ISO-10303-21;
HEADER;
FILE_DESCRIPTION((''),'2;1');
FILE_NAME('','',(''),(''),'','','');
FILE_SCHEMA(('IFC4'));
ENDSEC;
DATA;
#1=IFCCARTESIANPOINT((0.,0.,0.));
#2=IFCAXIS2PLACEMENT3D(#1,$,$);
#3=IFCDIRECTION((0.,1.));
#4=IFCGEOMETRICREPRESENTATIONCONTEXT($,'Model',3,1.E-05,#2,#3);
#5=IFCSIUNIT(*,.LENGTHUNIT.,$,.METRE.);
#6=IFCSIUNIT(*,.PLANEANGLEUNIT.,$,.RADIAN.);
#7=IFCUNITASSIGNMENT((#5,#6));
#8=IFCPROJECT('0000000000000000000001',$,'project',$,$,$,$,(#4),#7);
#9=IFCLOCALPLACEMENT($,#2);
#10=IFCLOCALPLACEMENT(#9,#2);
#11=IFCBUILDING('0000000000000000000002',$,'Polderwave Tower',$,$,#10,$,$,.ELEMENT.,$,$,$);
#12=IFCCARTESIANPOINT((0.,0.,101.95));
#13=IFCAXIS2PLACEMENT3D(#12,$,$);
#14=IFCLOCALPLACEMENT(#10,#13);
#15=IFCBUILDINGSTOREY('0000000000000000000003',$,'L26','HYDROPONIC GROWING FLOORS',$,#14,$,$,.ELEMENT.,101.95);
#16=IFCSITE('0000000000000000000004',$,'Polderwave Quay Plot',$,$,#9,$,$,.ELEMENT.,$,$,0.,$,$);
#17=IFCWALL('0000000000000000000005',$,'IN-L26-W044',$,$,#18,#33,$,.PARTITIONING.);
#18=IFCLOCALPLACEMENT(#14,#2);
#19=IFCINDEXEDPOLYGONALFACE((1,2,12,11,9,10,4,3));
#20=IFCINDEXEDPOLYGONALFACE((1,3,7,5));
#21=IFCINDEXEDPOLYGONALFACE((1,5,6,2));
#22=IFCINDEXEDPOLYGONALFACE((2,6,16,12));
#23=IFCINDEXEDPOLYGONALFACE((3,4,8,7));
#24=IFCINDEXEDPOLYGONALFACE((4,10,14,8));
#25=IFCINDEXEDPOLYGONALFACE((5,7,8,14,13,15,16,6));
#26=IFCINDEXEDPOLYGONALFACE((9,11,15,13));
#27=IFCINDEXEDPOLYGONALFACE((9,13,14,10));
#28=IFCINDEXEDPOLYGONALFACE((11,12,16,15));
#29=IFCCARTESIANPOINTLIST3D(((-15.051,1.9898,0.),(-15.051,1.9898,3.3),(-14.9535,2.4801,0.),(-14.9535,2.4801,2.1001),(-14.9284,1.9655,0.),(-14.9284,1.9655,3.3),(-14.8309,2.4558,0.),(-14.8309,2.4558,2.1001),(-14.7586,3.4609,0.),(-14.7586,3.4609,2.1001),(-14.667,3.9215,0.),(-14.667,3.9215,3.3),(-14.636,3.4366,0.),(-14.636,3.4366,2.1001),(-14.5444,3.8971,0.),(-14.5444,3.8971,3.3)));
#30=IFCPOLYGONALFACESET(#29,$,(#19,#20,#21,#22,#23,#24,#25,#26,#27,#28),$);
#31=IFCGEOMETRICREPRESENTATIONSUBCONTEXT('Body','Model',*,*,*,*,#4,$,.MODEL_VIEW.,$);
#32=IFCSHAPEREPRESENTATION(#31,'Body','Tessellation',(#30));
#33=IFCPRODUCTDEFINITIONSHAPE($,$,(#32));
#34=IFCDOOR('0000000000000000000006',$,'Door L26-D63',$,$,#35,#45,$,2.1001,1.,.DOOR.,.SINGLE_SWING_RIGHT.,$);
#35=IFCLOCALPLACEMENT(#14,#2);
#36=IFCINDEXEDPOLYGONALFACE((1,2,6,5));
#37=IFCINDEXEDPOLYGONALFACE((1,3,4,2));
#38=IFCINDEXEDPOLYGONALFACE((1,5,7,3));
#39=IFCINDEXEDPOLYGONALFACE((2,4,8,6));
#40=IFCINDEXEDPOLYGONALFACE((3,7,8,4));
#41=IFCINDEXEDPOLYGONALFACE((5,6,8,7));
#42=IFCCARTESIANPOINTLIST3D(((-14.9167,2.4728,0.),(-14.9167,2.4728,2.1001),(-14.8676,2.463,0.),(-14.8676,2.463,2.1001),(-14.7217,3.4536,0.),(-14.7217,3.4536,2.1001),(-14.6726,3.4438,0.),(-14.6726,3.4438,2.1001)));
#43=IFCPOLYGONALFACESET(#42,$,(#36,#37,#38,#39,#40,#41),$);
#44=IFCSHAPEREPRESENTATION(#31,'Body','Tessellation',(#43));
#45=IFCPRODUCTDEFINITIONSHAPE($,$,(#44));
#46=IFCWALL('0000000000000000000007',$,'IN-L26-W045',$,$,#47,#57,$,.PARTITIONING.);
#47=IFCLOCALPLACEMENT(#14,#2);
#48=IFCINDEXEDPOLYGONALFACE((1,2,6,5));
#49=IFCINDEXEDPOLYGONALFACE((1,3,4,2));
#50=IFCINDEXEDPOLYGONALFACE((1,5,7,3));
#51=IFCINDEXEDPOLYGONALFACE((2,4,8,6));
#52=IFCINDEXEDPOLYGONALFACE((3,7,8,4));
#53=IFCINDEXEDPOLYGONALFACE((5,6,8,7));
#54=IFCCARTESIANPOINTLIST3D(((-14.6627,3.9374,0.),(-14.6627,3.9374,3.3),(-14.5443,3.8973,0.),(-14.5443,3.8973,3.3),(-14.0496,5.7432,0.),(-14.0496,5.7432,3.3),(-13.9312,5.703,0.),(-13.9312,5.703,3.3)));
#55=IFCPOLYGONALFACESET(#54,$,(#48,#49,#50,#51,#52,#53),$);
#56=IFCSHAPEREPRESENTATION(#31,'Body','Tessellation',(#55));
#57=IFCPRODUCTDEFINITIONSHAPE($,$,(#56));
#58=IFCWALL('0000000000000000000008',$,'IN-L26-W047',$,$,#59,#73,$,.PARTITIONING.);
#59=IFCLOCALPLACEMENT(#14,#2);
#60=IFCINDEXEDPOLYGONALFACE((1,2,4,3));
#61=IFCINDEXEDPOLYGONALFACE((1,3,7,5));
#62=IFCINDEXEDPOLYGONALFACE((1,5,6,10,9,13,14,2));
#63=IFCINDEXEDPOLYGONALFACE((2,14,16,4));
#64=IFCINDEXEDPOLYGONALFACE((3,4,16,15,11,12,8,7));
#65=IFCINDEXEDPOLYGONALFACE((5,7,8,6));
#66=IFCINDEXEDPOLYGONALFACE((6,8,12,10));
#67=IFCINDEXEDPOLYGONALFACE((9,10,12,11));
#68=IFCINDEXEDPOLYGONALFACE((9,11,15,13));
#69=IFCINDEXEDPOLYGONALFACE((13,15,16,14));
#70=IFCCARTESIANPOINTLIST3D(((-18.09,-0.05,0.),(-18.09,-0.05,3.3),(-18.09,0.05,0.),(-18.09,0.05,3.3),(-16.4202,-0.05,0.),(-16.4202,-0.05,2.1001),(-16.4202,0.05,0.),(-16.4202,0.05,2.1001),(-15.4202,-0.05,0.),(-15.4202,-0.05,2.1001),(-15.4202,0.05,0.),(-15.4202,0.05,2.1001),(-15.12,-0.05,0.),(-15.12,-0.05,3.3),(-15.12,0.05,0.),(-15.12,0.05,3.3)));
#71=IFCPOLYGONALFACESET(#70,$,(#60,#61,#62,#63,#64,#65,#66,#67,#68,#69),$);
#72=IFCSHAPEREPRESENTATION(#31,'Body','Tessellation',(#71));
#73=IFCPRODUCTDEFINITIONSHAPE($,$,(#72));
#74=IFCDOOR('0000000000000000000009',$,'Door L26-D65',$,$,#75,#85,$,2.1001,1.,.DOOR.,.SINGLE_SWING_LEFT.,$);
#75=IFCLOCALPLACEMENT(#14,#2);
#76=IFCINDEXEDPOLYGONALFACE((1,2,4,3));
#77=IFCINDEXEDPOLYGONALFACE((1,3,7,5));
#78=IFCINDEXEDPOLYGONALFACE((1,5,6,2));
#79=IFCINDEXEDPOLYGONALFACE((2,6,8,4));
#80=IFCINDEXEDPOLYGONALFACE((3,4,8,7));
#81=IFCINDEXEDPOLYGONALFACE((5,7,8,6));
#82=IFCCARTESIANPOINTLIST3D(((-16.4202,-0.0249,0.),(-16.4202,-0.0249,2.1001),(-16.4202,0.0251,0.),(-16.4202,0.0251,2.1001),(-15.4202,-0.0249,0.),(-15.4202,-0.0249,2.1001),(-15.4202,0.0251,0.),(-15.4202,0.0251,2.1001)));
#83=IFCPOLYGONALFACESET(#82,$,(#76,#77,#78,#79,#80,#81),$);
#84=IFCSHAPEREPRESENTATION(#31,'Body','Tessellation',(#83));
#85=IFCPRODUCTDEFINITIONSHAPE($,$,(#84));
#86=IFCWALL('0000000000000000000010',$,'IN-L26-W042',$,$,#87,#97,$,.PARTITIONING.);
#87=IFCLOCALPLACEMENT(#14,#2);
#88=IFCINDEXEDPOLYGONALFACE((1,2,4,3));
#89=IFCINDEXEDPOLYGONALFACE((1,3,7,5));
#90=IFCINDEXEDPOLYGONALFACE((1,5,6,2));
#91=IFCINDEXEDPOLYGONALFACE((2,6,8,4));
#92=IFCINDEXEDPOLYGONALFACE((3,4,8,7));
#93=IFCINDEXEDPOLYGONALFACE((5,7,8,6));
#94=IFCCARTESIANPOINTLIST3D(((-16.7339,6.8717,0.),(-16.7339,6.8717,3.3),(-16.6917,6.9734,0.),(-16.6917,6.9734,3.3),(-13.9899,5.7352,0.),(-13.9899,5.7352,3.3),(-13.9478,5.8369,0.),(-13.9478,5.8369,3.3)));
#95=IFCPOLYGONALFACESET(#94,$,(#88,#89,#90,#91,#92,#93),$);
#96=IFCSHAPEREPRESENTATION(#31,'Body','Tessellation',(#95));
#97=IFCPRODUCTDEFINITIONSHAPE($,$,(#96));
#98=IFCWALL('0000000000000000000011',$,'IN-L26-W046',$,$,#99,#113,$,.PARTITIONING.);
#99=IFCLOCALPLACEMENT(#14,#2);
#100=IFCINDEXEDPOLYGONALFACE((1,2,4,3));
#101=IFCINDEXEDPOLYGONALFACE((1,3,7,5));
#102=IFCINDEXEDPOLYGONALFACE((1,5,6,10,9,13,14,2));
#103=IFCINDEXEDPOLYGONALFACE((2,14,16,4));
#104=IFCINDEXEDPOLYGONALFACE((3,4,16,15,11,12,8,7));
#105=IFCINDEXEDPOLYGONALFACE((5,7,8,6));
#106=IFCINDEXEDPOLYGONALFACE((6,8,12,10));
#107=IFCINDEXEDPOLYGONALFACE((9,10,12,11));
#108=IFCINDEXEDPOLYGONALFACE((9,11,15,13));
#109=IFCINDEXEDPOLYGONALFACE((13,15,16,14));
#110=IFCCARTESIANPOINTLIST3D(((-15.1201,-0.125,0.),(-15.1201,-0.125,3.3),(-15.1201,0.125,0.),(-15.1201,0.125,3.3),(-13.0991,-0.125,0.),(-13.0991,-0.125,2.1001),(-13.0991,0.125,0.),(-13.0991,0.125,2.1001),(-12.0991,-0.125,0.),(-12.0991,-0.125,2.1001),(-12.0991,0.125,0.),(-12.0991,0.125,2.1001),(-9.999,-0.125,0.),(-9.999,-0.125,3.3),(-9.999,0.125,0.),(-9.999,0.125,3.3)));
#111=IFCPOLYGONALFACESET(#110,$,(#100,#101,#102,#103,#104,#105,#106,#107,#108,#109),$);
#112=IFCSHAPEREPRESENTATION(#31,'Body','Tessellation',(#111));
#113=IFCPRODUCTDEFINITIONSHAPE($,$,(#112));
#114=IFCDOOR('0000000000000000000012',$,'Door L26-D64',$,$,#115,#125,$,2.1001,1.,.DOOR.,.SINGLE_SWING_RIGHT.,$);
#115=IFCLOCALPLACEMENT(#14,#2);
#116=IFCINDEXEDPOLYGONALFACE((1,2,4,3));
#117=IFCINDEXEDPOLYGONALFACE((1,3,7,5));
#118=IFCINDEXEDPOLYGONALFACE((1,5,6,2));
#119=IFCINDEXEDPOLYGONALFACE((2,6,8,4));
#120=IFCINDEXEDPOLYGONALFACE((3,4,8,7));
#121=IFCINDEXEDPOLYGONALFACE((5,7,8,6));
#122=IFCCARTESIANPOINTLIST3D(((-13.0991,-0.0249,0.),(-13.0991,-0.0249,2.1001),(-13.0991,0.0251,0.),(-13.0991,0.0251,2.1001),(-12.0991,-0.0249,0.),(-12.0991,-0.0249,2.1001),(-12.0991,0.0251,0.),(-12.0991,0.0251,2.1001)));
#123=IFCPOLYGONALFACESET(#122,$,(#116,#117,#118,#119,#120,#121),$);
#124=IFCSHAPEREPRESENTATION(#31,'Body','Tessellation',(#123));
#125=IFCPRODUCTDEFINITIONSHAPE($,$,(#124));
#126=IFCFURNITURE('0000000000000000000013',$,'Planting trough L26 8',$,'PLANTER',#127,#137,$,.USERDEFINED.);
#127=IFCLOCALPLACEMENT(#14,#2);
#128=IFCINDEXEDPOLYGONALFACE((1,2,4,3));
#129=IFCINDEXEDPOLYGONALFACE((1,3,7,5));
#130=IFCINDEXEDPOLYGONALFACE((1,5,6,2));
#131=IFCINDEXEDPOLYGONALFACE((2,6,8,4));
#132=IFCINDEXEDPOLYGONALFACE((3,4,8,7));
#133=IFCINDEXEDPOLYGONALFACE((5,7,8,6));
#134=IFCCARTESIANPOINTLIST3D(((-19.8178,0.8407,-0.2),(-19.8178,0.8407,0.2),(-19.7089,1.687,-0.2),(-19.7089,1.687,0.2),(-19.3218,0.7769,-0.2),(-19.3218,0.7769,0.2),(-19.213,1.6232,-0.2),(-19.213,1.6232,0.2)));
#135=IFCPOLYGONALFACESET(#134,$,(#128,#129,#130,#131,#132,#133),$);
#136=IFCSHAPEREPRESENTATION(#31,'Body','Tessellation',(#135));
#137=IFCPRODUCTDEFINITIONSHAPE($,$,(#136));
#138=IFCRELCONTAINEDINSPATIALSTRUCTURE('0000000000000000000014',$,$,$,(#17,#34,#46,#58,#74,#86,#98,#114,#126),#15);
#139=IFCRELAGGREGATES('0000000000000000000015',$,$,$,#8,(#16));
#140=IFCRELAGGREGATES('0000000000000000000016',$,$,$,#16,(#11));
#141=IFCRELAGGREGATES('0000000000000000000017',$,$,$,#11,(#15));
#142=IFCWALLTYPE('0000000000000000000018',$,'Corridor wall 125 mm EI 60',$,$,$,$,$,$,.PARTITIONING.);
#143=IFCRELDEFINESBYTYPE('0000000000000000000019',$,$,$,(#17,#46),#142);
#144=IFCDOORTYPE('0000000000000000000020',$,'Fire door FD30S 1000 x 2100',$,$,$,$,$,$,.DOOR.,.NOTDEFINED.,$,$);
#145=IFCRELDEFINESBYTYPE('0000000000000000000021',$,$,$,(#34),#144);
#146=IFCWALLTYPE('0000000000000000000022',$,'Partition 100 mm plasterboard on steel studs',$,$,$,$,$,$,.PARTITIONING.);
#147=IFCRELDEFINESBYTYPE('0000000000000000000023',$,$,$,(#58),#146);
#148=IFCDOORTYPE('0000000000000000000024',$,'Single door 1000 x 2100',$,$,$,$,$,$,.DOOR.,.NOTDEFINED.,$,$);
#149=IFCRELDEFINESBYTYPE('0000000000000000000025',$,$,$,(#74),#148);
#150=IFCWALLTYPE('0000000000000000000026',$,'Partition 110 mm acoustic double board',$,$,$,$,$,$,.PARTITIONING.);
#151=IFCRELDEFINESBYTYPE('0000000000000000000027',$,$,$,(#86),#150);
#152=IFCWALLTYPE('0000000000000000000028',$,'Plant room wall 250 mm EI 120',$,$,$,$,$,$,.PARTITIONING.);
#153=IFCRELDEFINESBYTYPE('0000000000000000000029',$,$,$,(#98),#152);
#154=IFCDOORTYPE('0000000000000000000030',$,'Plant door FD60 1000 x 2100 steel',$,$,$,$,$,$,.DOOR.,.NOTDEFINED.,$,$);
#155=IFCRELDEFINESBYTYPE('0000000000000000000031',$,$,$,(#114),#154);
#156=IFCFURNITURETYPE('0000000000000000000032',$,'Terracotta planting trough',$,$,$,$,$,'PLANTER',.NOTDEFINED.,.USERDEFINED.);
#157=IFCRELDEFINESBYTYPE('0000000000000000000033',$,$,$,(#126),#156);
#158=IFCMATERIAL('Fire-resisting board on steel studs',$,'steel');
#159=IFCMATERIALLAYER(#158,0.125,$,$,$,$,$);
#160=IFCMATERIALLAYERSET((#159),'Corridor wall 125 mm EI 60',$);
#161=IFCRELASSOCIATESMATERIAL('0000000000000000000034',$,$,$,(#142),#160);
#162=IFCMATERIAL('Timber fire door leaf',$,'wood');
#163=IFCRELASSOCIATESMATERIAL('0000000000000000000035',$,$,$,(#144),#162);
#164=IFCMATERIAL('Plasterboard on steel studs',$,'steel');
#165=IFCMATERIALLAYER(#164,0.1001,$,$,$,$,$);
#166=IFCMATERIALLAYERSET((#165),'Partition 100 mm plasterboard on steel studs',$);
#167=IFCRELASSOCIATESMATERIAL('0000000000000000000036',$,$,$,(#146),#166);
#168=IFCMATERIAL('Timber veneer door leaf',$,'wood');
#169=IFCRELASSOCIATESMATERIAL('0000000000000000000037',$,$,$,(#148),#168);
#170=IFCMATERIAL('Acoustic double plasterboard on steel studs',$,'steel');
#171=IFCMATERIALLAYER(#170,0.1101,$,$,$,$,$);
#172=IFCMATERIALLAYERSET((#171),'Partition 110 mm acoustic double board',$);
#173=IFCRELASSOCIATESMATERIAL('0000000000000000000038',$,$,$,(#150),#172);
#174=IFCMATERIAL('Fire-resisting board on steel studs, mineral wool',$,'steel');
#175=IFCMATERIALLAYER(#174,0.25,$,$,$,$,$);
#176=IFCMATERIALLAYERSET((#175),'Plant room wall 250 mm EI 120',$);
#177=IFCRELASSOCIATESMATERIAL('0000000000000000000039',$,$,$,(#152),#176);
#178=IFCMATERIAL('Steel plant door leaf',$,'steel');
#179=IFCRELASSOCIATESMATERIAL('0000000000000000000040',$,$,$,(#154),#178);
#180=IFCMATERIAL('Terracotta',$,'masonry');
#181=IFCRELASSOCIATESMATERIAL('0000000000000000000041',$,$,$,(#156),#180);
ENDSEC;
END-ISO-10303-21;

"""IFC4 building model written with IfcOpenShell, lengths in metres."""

from ifc_helpers import new_model, si_unit, direction, frame, frame_2d, origin, origin_2d, place, context, subcontext, project, spatial, rectangle, extrude, material, layer, layer_set, type_object, element, fill, save


model = new_model("IFC4")

# Units and contexts
model_context = context("Model", 3, precision=1e-05, world=origin(), true_north=direction((0.0, 1.0)))
body_context = subcontext(model_context, "Body", "Model", "MODEL_VIEW")
ifc_project = project(units=[si_unit("LENGTHUNIT", "METRE"), si_unit("PLANEANGLEUNIT", "RADIAN")], contexts=[model_context])

# Site, building, storey
site_placement = place(None, origin())
site = spatial("IfcSite", under=ifc_project, at=site_placement, Name="Polderwave Quay Plot", CompositionType="ELEMENT", RefElevation=0.0)
building_placement = place(site_placement, origin())
building = spatial("IfcBuilding", under=site, at=building_placement, Name="Polderwave Tower", CompositionType="ELEMENT")
storey_placement = place(building_placement, frame((0.0, 0.0, 101.95)))
storey = spatial("IfcBuildingStorey", under=building, at=storey_placement, Name="L26", Description="HYDROPONIC GROWING FLOORS", CompositionType="ELEMENT", Elevation=101.95)

# Shared definitions
ifc_material_1 = material(Name="Fire-resisting board on steel studs", Category="steel")
ifc_layer_1 = layer(ifc_material_1, 0.125)
ifc_layer_set_1 = layer_set([ifc_layer_1], Name="Corridor wall 125 mm EI 60")
wall_type_1 = type_object("IfcWallType", Name="Corridor wall 125 mm EI 60", PredefinedType="PARTITIONING", material=ifc_layer_set_1)

# Wall, opening, door
wall_1_placement = place(storey_placement, frame((-14.9897, 1.9775, 0.0), z_axis=(0.0, 0.0, 1.0), x_axis=(0.194996, 0.980804, 0.0)))
wall_1 = element("IfcWall", 1, at=wall_1_placement, inside=storey, type_object=wall_type_1, Name="IN-L26-W044", PredefinedType="PARTITIONING", context=body_context, shape_type="SweptSolid", body=[
    extrude(rectangle(XDim=1.9695, YDim=0.125, at=frame_2d((0.9849, 0.0))), origin(), (0.0, 0.0, 1.0), 3.3),
])
opening_1_placement = place(wall_1_placement, frame((0.5, 0.0, 0.0)))
opening_1 = element("IfcOpeningElement", 2, at=opening_1_placement, cuts=wall_1, PredefinedType="OPENING", context=body_context, shape_type="SweptSolid", body=[
    extrude(rectangle(XDim=1.0, YDim=2.1001, at=frame_2d((0.5, 1.05))), frame((0.0, 0.0725, 0.0), z_axis=(0.0, -1.0, 0.0), x_axis=(1.0, 0.0, 0.0)), (0.0, 0.0, 1.0), 0.145),
])
ifc_material_2 = material(Name="Timber fire door leaf", Category="wood")
door_type_1 = type_object("IfcDoorType", Name="Fire door FD30S 1000 x 2100", OperationType="NOTDEFINED", PredefinedType="DOOR", material=ifc_material_2)
door_1_placement = place(opening_1_placement, origin())
door_1 = element("IfcDoor", 3, at=door_1_placement, inside=storey, type_object=door_type_1, Name="Door L26-D63", OperationType="SINGLE_SWING_RIGHT", OverallHeight=2.1001, OverallWidth=1.0, PredefinedType="DOOR", context=body_context, shape_type="SweptSolid", body=[
    extrude(rectangle(XDim=1.0, YDim=2.1001, at=frame_2d((0.5, 1.05))), frame((0.0, 0.0249, 0.0), z_axis=(0.0, -1.0, 0.0), x_axis=(1.0, 0.0, 0.0)), (0.0, 0.0, 1.0), 0.05),
])
fill(opening_1, door_1)

# Wall
wall_2_placement = place(storey_placement, frame((-14.6035, 3.9172, 0.0), z_axis=(0.0, 0.0, 1.0), x_axis=(0.321485, 0.946915, 0.0)))
element("IfcWall", 4, at=wall_2_placement, inside=storey, type_object=wall_type_1, Name="IN-L26-W045", PredefinedType="PARTITIONING", context=body_context, shape_type="SweptSolid", body=[
    extrude(rectangle(XDim=1.907, YDim=0.125, at=frame_2d((0.9536, 0.0))), origin(), (0.0, 0.0, 1.0), 3.3),
])

# Wall, opening, door
ifc_material_3 = material(Name="Plasterboard on steel studs", Category="steel")
ifc_layer_2 = layer(ifc_material_3, 0.1001)
ifc_layer_set_2 = layer_set([ifc_layer_2], Name="Partition 100 mm plasterboard on steel studs")
wall_type_2 = type_object("IfcWallType", Name="Partition 100 mm plasterboard on steel studs", PredefinedType="PARTITIONING", material=ifc_layer_set_2)
wall_3_placement = place(storey_placement, frame((-15.1201, 0.0, 0.0), z_axis=(0.0, 0.0, 1.0), x_axis=(-1.0, 0.0, 0.0)))
wall_3 = element("IfcWall", 5, at=wall_3_placement, inside=storey, type_object=wall_type_2, Name="IN-L26-W047", PredefinedType="PARTITIONING", context=body_context, shape_type="SweptSolid", body=[
    extrude(rectangle(XDim=2.97, YDim=0.1001, at=frame_2d((1.4849, 0.0))), origin(), (0.0, 0.0, 1.0), 3.3),
])
opening_2_placement = place(wall_3_placement, frame((0.3, 0.0, 0.0)))
opening_2 = element("IfcOpeningElement", 6, at=opening_2_placement, cuts=wall_3, PredefinedType="OPENING", context=body_context, shape_type="SweptSolid", body=[
    extrude(rectangle(XDim=1.0, YDim=2.1001, at=frame_2d((0.5, 1.05))), frame((0.0, 0.0601, 0.0), z_axis=(0.0, -1.0, 0.0), x_axis=(1.0, 0.0, 0.0)), (0.0, 0.0, 1.0), 0.1201),
])
ifc_material_4 = material(Name="Timber veneer door leaf", Category="wood")
door_type_2 = type_object("IfcDoorType", Name="Single door 1000 x 2100", OperationType="NOTDEFINED", PredefinedType="DOOR", material=ifc_material_4)
door_2_placement = place(opening_2_placement, origin())
door_2 = element("IfcDoor", 7, at=door_2_placement, inside=storey, type_object=door_type_2, Name="Door L26-D65", OperationType="SINGLE_SWING_LEFT", OverallHeight=2.1001, OverallWidth=1.0, PredefinedType="DOOR", context=body_context, shape_type="SweptSolid", body=[
    extrude(rectangle(XDim=1.0, YDim=2.1001, at=frame_2d((0.5, 1.05))), frame((0.0, 0.0249, 0.0), z_axis=(0.0, -1.0, 0.0), x_axis=(1.0, 0.0, 0.0)), (0.0, 0.0, 1.0), 0.05),
])
fill(opening_2, door_2)

# Wall
ifc_material_5 = material(Name="Acoustic double plasterboard on steel studs", Category="steel")
ifc_layer_3 = layer(ifc_material_5, 0.1101)
ifc_layer_set_3 = layer_set([ifc_layer_3], Name="Partition 110 mm acoustic double board")
wall_type_3 = type_object("IfcWallType", Name="Partition 110 mm acoustic double board", PredefinedType="PARTITIONING", material=ifc_layer_set_3)
wall_4_placement = place(storey_placement, frame((-13.969, 5.7861, 0.0), z_axis=(0.0, 0.0, 1.0), x_axis=(-0.92389, 0.382659, 0.0)))
element("IfcWall", 8, at=wall_4_placement, inside=storey, type_object=wall_type_3, Name="IN-L26-W042", PredefinedType="PARTITIONING", context=body_context, shape_type="SweptSolid", body=[
    extrude(rectangle(XDim=2.97, YDim=0.1101, at=frame_2d((1.4849, 0.0))), origin(), (0.0, 0.0, 1.0), 3.3),
])

# Wall, opening, door
ifc_material_6 = material(Name="Fire-resisting board on steel studs, mineral wool", Category="steel")
ifc_layer_4 = layer(ifc_material_6, 0.25)
ifc_layer_set_4 = layer_set([ifc_layer_4], Name="Plant room wall 250 mm EI 120")
wall_type_4 = type_object("IfcWallType", Name="Plant room wall 250 mm EI 120", PredefinedType="PARTITIONING", material=ifc_layer_set_4)
wall_5_placement = place(storey_placement, frame((-9.999, 0.0, 0.0), z_axis=(0.0, 0.0, 1.0), x_axis=(-1.0, 0.0, 0.0)))
wall_5 = element("IfcWall", 9, at=wall_5_placement, inside=storey, type_object=wall_type_4, Name="IN-L26-W046", PredefinedType="PARTITIONING", context=body_context, shape_type="SweptSolid", body=[
    extrude(rectangle(XDim=5.1211, YDim=0.25, at=frame_2d((2.5605, 0.0))), origin(), (0.0, 0.0, 1.0), 3.3),
])
opening_3_placement = place(wall_5_placement, frame((2.1001, 0.0, 0.0)))
opening_3 = element("IfcOpeningElement", 10, at=opening_3_placement, cuts=wall_5, PredefinedType="OPENING", context=body_context, shape_type="SweptSolid", body=[
    extrude(rectangle(XDim=1.0, YDim=2.1001, at=frame_2d((0.5, 1.05))), frame((0.0, 0.135, 0.0), z_axis=(0.0, -1.0, 0.0), x_axis=(1.0, 0.0, 0.0)), (0.0, 0.0, 1.0), 0.27),
])
ifc_material_7 = material(Name="Steel plant door leaf", Category="steel")
door_type_3 = type_object("IfcDoorType", Name="Plant door FD60 1000 x 2100 steel", OperationType="NOTDEFINED", PredefinedType="DOOR", material=ifc_material_7)
door_3_placement = place(opening_3_placement, origin())
door_3 = element("IfcDoor", 11, at=door_3_placement, inside=storey, type_object=door_type_3, Name="Door L26-D64", OperationType="SINGLE_SWING_RIGHT", OverallHeight=2.1001, OverallWidth=1.0, PredefinedType="DOOR", context=body_context, shape_type="SweptSolid", body=[
    extrude(rectangle(XDim=1.0, YDim=2.1001, at=frame_2d((0.5, 1.05))), frame((0.0, 0.0249, 0.0), z_axis=(0.0, -1.0, 0.0), x_axis=(1.0, 0.0, 0.0)), (0.0, 0.0, 1.0), 0.05),
])
fill(opening_3, door_3)

# Furniture
ifc_material_8 = material(Name="Terracotta", Category="masonry")
furniture_type = type_object("IfcFurnitureType", Name="Terracotta planting trough", ElementType="PLANTER", AssemblyPlace="NOTDEFINED", PredefinedType="USERDEFINED", material=ifc_material_8)
furniture_placement = place(storey_placement, frame((-19.5154, 1.2319, -0.2), z_axis=(0.0, 0.0, 1.0), x_axis=(-0.12757, -0.99183, 0.0)))
element("IfcFurniture", 12, at=furniture_placement, inside=storey, type_object=furniture_type, Name="Planting trough L26 8", ObjectType="PLANTER", PredefinedType="USERDEFINED", context=body_context, shape_type="SweptSolid", body=[
    extrude(rectangle(XDim=0.8533, YDim=0.5, at=origin_2d()), origin(), (0.0, 0.0, 1.0), 0.3999),
])

save(model, "model.ifc")
